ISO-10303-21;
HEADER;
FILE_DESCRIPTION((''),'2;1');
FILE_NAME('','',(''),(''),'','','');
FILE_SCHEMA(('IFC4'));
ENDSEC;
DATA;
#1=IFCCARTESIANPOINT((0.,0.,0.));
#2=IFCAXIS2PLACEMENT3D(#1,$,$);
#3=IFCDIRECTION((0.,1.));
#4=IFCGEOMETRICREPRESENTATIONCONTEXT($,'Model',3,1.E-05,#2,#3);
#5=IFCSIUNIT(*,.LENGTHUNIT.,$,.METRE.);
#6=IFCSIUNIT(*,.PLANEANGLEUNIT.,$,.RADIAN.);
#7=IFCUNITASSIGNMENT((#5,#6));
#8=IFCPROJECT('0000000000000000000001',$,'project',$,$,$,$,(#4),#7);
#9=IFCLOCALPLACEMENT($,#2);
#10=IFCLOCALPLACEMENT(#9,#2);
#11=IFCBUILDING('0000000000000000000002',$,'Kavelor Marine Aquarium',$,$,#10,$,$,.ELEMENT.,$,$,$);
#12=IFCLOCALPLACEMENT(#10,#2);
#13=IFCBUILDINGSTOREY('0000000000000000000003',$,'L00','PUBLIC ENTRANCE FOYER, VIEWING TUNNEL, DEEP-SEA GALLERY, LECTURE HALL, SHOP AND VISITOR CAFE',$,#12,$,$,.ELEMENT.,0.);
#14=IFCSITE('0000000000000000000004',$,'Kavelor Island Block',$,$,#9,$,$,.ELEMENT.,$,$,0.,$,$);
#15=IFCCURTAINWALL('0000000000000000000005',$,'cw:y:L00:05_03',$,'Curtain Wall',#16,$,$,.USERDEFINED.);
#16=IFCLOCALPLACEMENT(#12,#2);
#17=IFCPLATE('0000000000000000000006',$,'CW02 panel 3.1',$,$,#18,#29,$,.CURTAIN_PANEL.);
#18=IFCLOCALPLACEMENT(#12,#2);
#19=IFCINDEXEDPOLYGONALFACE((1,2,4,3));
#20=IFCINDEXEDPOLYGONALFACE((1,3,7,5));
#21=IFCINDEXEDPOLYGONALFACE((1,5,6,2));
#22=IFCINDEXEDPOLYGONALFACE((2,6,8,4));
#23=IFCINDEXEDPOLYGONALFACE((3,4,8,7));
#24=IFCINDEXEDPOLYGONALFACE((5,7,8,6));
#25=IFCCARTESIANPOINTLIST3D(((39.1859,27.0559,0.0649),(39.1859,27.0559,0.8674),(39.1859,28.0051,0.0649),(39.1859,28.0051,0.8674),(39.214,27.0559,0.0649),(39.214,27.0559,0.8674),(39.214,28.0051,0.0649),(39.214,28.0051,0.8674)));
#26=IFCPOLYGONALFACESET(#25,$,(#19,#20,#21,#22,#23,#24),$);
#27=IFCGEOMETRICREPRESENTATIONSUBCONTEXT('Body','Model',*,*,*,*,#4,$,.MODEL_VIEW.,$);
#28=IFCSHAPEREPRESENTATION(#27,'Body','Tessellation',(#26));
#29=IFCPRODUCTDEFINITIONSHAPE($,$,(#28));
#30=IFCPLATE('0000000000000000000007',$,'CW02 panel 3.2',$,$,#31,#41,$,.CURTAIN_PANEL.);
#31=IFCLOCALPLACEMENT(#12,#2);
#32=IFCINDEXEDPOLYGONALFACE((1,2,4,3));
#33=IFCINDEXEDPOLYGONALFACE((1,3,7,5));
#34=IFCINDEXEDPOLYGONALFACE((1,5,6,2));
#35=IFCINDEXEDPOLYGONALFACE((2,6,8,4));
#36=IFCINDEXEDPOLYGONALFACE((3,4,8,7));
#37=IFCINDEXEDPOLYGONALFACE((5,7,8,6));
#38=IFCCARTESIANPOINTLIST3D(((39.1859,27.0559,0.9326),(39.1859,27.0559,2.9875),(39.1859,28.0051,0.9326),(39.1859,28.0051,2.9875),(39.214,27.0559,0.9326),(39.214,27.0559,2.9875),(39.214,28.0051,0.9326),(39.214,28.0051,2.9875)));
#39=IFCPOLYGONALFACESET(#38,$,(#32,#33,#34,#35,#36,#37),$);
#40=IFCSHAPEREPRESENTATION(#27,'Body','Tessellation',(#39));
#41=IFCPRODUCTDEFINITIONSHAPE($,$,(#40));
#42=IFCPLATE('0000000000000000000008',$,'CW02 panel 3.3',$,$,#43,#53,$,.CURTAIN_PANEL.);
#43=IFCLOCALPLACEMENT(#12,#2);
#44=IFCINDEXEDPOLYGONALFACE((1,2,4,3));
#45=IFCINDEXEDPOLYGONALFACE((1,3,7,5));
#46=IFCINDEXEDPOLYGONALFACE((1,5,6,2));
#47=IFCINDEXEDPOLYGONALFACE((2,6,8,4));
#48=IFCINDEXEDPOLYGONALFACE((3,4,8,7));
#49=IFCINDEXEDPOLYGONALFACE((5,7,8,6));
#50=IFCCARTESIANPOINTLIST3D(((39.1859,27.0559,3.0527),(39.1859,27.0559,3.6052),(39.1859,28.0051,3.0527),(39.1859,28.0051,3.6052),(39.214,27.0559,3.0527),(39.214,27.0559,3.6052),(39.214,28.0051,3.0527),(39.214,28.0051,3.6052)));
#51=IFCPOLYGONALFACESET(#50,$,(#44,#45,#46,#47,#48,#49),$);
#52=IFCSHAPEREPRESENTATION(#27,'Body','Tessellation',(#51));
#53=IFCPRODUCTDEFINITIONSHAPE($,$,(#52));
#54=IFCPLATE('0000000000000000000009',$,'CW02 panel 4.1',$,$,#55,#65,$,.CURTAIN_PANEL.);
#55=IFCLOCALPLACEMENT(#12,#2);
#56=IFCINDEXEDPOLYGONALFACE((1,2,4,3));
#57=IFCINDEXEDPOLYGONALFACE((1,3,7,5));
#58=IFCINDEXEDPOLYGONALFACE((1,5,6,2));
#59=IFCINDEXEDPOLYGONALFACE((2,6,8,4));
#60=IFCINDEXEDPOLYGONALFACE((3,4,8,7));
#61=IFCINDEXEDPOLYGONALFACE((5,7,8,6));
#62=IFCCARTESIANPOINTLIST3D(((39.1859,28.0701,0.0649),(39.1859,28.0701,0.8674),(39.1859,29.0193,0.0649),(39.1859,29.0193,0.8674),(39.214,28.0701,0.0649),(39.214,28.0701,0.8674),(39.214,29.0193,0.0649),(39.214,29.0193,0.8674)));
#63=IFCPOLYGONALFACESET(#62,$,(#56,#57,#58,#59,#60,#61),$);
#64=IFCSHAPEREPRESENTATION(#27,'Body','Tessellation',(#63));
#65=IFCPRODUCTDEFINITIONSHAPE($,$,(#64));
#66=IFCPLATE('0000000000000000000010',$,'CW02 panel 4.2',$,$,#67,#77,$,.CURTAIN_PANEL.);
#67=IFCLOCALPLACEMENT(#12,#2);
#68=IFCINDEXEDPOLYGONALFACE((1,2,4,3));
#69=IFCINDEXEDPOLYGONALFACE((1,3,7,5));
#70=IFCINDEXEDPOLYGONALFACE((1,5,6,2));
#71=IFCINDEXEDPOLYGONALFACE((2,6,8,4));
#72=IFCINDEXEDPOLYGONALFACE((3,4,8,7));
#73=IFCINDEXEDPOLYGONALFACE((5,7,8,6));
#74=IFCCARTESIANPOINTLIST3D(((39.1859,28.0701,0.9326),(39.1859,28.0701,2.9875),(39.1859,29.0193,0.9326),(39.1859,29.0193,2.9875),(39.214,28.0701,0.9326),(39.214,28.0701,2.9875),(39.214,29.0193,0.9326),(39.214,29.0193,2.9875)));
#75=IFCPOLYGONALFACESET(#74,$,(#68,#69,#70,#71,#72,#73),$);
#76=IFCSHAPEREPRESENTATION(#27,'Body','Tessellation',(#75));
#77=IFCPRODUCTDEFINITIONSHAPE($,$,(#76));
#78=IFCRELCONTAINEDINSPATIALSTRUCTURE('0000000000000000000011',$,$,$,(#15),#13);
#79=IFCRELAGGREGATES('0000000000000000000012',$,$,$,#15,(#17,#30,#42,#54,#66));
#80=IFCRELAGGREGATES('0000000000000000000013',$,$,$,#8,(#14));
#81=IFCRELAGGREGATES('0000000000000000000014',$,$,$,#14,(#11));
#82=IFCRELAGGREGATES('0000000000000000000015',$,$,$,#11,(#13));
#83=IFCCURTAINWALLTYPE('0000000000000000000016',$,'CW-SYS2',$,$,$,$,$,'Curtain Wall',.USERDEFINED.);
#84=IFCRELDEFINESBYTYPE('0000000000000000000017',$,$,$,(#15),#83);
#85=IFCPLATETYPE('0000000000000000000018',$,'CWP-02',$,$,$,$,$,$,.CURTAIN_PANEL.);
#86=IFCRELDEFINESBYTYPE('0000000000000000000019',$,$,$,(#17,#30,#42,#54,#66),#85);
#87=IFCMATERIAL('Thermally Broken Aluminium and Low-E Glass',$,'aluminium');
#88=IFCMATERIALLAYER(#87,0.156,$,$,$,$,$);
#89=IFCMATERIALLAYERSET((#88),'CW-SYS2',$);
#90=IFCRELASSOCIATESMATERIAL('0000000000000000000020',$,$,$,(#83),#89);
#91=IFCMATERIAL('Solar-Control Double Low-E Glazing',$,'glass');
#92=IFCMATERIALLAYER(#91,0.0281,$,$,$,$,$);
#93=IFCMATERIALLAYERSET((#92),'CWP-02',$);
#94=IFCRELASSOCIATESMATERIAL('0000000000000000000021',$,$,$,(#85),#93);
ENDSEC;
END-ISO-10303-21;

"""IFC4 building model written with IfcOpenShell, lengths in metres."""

from ifc_helpers import new_model, si_unit, direction, frame, origin, origin_2d, place, context, subcontext, project, spatial, rectangle, extrude, material, layer, layer_set, type_object, element, aggregate, save


model = new_model("IFC4")

# Units and contexts
model_context = context("Model", 3, precision=1e-05, world=origin(), true_north=direction((0.0, 1.0)))
body_context = subcontext(model_context, "Body", "Model", "MODEL_VIEW")
ifc_project = project(units=[si_unit("LENGTHUNIT", "METRE"), si_unit("PLANEANGLEUNIT", "RADIAN")], contexts=[model_context])

# Site, building, storey
site_placement = place(None, origin())
site = spatial("IfcSite", under=ifc_project, at=site_placement, Name="Kavelor Island Block", CompositionType="ELEMENT", RefElevation=0.0)
building_placement = place(site_placement, origin())
building = spatial("IfcBuilding", under=site, at=building_placement, Name="Kavelor Marine Aquarium", CompositionType="ELEMENT")
storey_placement = place(building_placement, origin())
storey = spatial("IfcBuildingStorey", under=building, at=storey_placement, Name="L00", Description="PUBLIC ENTRANCE FOYER, VIEWING TUNNEL, DEEP-SEA GALLERY, LECTURE HALL, SHOP AND VISITOR CAFE", CompositionType="ELEMENT", Elevation=0.0)

# Curtain wall, plates
ifc_material_1 = material(Name="Thermally Broken Aluminium and Low-E Glass", Category="aluminium")
ifc_layer_1 = layer(ifc_material_1, 0.156)
ifc_layer_set_1 = layer_set([ifc_layer_1], Name="CW-SYS2")
curtain_wall_type = type_object("IfcCurtainWallType", Name="CW-SYS2", ElementType="Curtain Wall", PredefinedType="USERDEFINED", material=ifc_layer_set_1)
curtain_wall_placement = place(storey_placement, origin())
curtain_wall = element("IfcCurtainWall", 1, at=curtain_wall_placement, inside=storey, type_object=curtain_wall_type, Name="cw:y:L00:05_03", ObjectType="Curtain Wall", PredefinedType="USERDEFINED")
ifc_material_2 = material(Name="Solar-Control Double Low-E Glazing", Category="glass")
ifc_layer_2 = layer(ifc_material_2, 0.0281)
ifc_layer_set_2 = layer_set([ifc_layer_2], Name="CWP-02")
plate_type = type_object("IfcPlateType", Name="CWP-02", PredefinedType="CURTAIN_PANEL", material=ifc_layer_set_2)
plate_1_placement = place(storey_placement, frame((39.2, 27.5305, 0.0649), z_axis=(0.0, 0.0, 1.0), x_axis=(0.0, 1.0, 0.0)))
plate_1 = element("IfcPlate", 2, at=plate_1_placement, type_object=plate_type, Name="CW02 panel 3.1", PredefinedType="CURTAIN_PANEL", context=body_context, shape_type="SweptSolid", body=[
    extrude(rectangle(XDim=0.9492, YDim=0.0281, at=origin_2d()), origin(), (0.0, 0.0, 1.0), 0.8025),
])
plate_2_placement = place(storey_placement, frame((39.2, 27.5305, 0.9326), z_axis=(0.0, 0.0, 1.0), x_axis=(0.0, 1.0, 0.0)))
plate_2 = element("IfcPlate", 3, at=plate_2_placement, type_object=plate_type, Name="CW02 panel 3.2", PredefinedType="CURTAIN_PANEL", context=body_context, shape_type="SweptSolid", body=[
    extrude(rectangle(XDim=0.9492, YDim=0.0281, at=origin_2d()), origin(), (0.0, 0.0, 1.0), 2.0549),
])
plate_3_placement = place(storey_placement, frame((39.2, 27.5305, 3.0527), z_axis=(0.0, 0.0, 1.0), x_axis=(0.0, 1.0, 0.0)))
plate_3 = element("IfcPlate", 4, at=plate_3_placement, type_object=plate_type, Name="CW02 panel 3.3", PredefinedType="CURTAIN_PANEL", context=body_context, shape_type="SweptSolid", body=[
    extrude(rectangle(XDim=0.9492, YDim=0.0281, at=origin_2d()), origin(), (0.0, 0.0, 1.0), 0.5525),
])
plate_4_placement = place(storey_placement, frame((39.2, 28.5447, 0.0649), z_axis=(0.0, 0.0, 1.0), x_axis=(0.0, 1.0, 0.0)))
plate_4 = element("IfcPlate", 5, at=plate_4_placement, type_object=plate_type, Name="CW02 panel 4.1", PredefinedType="CURTAIN_PANEL", context=body_context, shape_type="SweptSolid", body=[
    extrude(rectangle(XDim=0.9492, YDim=0.0281, at=origin_2d()), origin(), (0.0, 0.0, 1.0), 0.8025),
])
plate_5_placement = place(storey_placement, frame((39.2, 28.5447, 0.9326), z_axis=(0.0, 0.0, 1.0), x_axis=(0.0, 1.0, 0.0)))
plate_5 = element("IfcPlate", 6, at=plate_5_placement, type_object=plate_type, Name="CW02 panel 4.2", PredefinedType="CURTAIN_PANEL", context=body_context, shape_type="SweptSolid", body=[
    extrude(rectangle(XDim=0.9492, YDim=0.0281, at=origin_2d()), origin(), (0.0, 0.0, 1.0), 2.0549),
])
aggregate(curtain_wall, [plate_1, plate_2, plate_3, plate_4, plate_5])

save(model, "model.ifc")
